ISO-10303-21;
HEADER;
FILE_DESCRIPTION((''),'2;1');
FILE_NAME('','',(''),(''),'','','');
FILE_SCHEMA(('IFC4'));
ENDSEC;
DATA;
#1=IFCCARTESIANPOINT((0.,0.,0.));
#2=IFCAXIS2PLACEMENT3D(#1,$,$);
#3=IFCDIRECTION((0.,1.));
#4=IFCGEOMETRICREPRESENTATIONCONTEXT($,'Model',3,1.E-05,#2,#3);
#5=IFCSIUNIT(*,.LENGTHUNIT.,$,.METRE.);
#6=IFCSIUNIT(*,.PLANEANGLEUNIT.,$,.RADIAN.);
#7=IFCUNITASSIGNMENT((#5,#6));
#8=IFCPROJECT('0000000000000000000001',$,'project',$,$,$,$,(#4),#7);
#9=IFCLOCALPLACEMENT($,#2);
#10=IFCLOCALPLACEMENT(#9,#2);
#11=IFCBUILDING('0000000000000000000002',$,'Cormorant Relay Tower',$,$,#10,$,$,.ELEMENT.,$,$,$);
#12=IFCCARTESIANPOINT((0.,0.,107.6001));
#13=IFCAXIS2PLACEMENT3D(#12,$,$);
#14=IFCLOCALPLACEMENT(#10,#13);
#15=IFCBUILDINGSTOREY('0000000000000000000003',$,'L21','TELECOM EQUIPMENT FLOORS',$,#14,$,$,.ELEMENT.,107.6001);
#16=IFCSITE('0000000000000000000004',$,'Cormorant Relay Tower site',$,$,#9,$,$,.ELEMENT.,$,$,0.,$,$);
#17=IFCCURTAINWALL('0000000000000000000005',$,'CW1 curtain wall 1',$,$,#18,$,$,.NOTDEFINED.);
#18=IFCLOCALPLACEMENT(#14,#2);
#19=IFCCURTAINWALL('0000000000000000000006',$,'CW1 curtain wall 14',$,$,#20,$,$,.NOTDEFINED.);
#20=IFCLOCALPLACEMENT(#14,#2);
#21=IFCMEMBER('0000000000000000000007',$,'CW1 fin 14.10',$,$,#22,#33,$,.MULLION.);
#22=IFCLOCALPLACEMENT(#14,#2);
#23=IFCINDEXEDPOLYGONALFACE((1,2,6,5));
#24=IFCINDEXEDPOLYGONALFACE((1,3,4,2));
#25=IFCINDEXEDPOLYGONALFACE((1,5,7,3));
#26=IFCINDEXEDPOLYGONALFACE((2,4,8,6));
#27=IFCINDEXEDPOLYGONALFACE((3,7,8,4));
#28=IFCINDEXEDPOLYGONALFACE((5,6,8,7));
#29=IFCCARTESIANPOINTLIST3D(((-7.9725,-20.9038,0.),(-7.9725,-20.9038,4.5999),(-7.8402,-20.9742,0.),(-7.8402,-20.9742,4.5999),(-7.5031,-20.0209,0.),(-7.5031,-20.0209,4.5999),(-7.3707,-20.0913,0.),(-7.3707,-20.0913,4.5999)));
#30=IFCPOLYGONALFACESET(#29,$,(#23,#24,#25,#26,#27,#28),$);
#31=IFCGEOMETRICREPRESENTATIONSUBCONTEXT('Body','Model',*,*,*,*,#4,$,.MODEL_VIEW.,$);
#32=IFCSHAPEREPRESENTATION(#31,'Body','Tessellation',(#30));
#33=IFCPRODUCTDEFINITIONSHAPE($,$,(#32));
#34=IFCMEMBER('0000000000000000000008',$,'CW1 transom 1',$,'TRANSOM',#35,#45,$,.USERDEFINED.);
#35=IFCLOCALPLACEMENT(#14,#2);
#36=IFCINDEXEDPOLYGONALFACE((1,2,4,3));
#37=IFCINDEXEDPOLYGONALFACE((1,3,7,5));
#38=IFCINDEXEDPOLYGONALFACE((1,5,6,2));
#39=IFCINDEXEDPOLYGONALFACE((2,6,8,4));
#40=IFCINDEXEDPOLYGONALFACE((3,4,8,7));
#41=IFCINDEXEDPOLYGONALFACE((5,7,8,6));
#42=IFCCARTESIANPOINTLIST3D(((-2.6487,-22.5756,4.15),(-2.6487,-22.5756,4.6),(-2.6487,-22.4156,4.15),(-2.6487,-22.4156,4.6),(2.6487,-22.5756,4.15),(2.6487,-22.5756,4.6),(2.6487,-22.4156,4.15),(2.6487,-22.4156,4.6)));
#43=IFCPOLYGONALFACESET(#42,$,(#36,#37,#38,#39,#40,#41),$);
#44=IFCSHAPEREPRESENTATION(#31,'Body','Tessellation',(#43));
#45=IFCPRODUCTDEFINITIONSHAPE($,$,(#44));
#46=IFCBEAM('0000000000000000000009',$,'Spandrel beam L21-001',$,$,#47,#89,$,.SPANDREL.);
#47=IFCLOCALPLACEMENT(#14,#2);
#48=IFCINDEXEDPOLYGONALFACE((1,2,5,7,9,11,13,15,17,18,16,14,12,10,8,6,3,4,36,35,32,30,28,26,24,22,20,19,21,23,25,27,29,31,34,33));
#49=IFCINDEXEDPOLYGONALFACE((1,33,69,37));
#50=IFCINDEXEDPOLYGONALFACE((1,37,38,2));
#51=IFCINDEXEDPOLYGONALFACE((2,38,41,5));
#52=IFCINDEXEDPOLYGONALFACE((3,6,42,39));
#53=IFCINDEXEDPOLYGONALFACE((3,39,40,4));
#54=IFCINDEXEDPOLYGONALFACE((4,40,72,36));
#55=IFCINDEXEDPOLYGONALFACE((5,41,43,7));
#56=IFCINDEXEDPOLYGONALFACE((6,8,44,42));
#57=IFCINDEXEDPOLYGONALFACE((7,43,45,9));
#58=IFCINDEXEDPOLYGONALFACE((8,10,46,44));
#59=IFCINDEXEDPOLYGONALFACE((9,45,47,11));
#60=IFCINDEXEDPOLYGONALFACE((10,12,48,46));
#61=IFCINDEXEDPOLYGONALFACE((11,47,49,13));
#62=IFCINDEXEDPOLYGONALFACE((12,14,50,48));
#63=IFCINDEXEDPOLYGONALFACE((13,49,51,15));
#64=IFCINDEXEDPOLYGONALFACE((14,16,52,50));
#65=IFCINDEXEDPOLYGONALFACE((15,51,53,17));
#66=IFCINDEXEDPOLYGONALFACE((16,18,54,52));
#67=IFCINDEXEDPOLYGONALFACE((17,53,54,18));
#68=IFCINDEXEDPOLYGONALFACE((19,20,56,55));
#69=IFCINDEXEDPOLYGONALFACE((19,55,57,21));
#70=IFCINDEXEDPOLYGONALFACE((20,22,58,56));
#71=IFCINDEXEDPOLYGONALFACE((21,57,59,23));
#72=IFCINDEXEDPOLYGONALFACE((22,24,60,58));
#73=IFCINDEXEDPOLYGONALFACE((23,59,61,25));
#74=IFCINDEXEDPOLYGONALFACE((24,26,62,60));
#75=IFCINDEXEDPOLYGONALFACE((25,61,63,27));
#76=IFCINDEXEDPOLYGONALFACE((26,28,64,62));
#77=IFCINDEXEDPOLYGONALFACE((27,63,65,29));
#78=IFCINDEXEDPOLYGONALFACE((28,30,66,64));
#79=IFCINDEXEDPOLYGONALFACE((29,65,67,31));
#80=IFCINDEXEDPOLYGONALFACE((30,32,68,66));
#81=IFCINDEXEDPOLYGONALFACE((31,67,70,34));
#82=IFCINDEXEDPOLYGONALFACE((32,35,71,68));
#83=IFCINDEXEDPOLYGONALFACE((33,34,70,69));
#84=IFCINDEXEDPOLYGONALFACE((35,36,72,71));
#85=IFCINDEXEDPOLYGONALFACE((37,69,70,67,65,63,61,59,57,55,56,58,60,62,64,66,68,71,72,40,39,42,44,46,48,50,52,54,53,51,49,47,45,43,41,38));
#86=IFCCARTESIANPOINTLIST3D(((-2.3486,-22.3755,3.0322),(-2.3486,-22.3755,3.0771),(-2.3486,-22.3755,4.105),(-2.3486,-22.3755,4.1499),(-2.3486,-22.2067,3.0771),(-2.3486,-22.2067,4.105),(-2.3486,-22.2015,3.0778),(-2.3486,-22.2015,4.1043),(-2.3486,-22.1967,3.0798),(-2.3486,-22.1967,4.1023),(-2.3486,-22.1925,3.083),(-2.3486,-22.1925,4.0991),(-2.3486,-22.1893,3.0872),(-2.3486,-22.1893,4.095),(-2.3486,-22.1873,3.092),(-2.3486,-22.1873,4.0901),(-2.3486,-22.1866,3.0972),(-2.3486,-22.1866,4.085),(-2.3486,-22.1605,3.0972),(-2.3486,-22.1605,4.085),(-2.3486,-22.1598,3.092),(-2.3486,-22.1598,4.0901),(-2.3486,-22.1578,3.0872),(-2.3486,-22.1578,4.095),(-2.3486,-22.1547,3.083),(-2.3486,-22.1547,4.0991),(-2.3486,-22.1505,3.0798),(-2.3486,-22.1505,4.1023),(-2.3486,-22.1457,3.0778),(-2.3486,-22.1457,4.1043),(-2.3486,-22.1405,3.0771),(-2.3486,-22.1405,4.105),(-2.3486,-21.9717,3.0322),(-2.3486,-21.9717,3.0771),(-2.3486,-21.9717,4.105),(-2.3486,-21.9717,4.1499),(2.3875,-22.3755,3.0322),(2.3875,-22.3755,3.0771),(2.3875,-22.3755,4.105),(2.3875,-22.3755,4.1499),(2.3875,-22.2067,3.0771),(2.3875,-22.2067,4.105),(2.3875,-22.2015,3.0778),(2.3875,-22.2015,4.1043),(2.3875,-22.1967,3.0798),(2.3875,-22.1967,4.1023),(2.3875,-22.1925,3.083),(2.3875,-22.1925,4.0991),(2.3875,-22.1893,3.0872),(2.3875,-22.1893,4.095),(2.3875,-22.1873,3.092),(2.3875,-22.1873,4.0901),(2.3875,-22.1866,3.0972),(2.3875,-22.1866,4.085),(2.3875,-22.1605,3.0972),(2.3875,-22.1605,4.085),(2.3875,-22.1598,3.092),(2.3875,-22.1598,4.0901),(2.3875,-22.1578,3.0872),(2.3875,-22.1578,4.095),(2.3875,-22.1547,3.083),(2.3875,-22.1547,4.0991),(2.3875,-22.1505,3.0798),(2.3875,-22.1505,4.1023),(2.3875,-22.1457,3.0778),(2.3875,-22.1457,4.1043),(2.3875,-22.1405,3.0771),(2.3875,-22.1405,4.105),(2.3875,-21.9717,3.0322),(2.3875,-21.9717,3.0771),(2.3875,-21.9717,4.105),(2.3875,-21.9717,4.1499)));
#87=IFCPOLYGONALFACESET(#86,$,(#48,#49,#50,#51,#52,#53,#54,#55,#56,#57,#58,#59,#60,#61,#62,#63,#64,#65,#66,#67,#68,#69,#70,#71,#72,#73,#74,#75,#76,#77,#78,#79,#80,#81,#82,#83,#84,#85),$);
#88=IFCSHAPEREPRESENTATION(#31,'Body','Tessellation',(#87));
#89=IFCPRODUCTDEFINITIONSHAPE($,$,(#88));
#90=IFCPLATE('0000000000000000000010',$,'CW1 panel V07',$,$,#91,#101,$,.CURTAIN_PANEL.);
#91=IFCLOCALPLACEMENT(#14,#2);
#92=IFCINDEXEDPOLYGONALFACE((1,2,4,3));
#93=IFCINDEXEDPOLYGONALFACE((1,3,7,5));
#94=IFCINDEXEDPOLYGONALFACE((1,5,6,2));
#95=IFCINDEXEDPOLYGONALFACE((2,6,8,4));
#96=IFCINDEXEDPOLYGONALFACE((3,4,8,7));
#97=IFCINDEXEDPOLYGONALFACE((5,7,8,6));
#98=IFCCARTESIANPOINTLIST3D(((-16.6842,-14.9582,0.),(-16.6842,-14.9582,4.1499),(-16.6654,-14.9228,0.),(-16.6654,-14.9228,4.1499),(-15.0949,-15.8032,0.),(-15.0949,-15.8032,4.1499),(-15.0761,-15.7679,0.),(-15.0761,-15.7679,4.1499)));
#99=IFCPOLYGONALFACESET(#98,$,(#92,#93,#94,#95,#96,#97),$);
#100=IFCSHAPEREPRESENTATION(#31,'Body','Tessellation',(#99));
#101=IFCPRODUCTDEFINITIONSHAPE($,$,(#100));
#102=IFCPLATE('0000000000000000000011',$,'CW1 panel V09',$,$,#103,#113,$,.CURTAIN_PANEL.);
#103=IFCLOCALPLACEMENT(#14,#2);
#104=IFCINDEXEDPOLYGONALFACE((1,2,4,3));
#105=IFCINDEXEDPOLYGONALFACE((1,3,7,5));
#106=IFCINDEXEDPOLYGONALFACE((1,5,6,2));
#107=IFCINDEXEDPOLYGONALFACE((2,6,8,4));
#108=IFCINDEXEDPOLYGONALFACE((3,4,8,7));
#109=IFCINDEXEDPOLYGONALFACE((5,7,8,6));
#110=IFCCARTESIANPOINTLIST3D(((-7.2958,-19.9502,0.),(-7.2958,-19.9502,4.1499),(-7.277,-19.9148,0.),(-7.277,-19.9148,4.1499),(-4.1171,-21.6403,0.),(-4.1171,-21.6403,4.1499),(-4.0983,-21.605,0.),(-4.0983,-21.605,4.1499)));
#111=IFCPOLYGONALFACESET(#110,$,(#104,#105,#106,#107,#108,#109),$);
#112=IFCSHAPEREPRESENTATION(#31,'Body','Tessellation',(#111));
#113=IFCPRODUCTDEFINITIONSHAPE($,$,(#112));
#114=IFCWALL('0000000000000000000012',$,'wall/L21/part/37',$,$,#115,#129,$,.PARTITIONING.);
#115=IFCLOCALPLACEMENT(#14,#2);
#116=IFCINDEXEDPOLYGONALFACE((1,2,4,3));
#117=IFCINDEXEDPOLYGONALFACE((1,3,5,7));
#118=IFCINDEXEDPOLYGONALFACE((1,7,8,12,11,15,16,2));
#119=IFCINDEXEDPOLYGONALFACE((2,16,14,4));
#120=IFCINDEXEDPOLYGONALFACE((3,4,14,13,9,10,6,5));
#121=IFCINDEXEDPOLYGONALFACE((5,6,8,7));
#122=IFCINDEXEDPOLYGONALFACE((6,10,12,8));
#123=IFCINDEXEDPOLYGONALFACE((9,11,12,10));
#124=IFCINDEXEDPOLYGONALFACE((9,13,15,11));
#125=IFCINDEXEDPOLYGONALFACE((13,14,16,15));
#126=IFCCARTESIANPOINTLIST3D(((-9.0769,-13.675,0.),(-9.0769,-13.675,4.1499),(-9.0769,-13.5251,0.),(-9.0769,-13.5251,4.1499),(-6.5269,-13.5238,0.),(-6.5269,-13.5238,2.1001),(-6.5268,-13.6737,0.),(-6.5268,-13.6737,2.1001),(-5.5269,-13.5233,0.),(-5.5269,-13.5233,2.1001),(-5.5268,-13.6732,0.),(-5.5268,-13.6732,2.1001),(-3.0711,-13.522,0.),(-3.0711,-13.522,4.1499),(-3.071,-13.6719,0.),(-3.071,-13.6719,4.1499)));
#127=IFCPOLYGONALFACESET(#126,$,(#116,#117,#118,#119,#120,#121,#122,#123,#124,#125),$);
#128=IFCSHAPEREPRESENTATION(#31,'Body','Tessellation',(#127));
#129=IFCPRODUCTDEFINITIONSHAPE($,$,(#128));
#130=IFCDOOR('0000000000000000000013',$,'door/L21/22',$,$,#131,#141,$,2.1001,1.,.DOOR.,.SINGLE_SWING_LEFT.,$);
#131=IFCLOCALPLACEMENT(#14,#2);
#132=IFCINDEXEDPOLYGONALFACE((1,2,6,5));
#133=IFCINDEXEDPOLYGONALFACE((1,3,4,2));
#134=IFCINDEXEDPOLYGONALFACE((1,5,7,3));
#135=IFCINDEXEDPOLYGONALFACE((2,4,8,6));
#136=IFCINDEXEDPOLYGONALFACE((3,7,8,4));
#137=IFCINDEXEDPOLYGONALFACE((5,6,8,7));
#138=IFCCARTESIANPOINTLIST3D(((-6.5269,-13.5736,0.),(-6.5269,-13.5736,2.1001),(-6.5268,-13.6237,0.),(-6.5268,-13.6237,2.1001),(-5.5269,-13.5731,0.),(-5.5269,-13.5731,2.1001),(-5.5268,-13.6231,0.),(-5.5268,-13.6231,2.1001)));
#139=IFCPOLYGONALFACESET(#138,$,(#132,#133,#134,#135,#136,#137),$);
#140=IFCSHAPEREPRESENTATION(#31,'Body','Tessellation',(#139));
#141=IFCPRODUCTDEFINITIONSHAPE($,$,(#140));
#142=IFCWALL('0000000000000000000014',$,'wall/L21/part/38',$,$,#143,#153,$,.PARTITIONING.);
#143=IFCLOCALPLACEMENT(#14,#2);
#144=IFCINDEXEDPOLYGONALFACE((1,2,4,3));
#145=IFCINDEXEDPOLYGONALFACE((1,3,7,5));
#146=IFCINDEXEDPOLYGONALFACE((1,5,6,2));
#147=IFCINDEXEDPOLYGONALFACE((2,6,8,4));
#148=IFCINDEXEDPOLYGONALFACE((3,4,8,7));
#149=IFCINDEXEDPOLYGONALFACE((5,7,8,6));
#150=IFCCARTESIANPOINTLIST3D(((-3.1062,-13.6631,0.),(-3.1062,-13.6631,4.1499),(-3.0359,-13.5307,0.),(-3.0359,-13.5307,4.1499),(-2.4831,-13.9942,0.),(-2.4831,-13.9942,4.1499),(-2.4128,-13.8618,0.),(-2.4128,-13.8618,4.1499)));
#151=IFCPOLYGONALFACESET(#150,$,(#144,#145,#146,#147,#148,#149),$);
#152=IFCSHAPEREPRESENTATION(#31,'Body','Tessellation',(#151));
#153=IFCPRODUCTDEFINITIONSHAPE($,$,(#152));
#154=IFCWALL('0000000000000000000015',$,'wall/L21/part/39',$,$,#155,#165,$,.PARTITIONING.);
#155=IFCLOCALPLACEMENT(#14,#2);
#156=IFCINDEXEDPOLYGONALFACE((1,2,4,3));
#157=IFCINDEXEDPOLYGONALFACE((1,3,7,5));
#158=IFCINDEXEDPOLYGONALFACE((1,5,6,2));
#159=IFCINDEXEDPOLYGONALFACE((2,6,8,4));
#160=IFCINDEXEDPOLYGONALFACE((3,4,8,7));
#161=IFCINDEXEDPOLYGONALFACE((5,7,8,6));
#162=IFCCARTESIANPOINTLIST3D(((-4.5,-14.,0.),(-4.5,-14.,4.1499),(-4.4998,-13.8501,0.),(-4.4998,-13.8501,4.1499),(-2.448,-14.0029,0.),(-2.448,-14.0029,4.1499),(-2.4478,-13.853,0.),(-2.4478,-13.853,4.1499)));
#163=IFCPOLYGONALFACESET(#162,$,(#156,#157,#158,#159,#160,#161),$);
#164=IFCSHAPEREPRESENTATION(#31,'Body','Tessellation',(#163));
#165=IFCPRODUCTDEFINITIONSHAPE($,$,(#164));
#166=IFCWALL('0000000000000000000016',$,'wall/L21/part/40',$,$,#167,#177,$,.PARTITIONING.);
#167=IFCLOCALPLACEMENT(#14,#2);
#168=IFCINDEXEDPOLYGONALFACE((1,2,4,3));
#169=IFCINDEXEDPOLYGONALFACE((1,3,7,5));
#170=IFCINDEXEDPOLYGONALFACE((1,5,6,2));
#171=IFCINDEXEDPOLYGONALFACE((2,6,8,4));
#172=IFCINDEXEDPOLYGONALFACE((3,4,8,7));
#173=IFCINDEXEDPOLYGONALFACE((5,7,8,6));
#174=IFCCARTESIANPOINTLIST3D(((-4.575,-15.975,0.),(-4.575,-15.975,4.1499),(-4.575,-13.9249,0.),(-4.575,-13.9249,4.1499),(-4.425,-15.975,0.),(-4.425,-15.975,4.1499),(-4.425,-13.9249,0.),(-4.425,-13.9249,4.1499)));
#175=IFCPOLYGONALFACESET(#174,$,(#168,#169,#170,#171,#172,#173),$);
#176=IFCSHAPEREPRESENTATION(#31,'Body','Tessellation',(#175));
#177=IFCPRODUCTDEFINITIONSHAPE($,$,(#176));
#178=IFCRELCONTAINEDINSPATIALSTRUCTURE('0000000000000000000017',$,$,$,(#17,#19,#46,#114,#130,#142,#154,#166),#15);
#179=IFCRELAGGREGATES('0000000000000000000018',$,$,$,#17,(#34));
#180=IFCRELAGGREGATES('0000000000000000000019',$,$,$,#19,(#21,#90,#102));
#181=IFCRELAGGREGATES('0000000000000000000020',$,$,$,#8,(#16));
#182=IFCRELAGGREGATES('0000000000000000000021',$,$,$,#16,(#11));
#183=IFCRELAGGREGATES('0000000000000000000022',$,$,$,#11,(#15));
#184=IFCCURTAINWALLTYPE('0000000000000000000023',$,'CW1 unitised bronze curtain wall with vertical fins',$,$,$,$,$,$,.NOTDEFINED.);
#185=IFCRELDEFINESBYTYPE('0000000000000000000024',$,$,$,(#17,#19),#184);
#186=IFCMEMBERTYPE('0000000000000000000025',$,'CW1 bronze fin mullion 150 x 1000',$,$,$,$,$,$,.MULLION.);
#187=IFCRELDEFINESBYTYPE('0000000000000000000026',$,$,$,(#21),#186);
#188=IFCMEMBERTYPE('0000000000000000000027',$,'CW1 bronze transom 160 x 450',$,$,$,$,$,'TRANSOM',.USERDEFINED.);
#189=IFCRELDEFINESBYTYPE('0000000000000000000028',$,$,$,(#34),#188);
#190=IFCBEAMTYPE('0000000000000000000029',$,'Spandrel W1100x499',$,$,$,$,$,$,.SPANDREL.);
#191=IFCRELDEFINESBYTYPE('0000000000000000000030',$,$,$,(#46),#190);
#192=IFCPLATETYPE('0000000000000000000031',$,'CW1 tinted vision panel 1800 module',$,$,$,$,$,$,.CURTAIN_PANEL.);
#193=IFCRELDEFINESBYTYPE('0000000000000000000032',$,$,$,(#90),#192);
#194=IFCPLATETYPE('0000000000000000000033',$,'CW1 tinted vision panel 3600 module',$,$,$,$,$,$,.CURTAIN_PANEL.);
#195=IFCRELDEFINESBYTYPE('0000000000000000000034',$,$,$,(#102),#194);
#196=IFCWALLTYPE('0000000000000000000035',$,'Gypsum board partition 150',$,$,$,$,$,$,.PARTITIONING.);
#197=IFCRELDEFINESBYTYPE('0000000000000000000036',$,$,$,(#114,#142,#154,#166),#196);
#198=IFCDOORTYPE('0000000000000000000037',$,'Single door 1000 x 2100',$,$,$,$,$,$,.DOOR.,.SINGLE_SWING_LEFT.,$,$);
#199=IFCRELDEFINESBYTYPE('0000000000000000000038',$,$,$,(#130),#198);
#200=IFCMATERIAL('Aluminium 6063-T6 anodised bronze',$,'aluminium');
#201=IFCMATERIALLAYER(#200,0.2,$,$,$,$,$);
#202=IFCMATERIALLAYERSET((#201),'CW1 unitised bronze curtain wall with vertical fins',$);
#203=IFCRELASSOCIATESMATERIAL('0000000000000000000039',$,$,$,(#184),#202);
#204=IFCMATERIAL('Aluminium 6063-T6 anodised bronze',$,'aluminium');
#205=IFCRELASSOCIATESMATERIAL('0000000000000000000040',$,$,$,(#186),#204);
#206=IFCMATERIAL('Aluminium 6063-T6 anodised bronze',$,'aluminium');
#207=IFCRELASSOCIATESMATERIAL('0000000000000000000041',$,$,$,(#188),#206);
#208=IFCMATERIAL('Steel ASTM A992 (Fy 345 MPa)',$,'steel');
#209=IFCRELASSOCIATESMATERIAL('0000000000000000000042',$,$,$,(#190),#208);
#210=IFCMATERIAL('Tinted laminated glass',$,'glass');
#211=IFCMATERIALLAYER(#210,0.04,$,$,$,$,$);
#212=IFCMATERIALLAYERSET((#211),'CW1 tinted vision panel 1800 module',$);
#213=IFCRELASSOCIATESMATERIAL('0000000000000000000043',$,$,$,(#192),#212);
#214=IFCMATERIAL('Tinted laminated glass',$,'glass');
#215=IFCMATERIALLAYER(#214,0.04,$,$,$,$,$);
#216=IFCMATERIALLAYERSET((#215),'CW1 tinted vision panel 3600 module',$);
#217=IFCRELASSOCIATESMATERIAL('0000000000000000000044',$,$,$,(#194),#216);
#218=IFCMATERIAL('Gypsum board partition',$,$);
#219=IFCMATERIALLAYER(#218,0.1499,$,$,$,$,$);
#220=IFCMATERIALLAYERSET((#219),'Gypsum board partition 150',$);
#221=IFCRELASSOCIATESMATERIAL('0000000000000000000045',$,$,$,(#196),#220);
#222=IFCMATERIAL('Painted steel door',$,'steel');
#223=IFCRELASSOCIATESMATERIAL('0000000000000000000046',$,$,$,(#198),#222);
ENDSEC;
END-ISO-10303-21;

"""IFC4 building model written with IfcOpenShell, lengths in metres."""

from ifc_helpers import new_model, si_unit, direction, frame, frame_2d, origin, origin_2d, place, context, subcontext, project, spatial, rectangle, i_section, extrude, material, layer, layer_set, material_profile, profile_set, type_object, element, fill, aggregate, save


model = new_model("IFC4")

# Units and contexts
model_context = context("Model", 3, precision=1e-05, world=origin(), true_north=direction((0.0, 1.0)))
body_context = subcontext(model_context, "Body", "Model", "MODEL_VIEW")
ifc_project = project(units=[si_unit("LENGTHUNIT", "METRE"), si_unit("PLANEANGLEUNIT", "RADIAN")], contexts=[model_context])

# Site, building, storey
site_placement = place(None, origin())
site = spatial("IfcSite", under=ifc_project, at=site_placement, Name="Cormorant Relay Tower site", CompositionType="ELEMENT", RefElevation=0.0)
building_placement = place(site_placement, origin())
building = spatial("IfcBuilding", under=site, at=building_placement, Name="Cormorant Relay Tower", CompositionType="ELEMENT")
storey_placement = place(building_placement, frame((0.0, 0.0, 107.6001)))
storey = spatial("IfcBuildingStorey", under=building, at=storey_placement, Name="L21", Description="TELECOM EQUIPMENT FLOORS", CompositionType="ELEMENT", Elevation=107.6001)

# Curtain wall
ifc_material_1 = material(Name="Aluminium 6063-T6 anodised bronze", Category="aluminium")
ifc_layer_1 = layer(ifc_material_1, 0.2)
ifc_layer_set_1 = layer_set([ifc_layer_1], Name="CW1 unitised bronze curtain wall with vertical fins")
curtain_wall_type = type_object("IfcCurtainWallType", Name="CW1 unitised bronze curtain wall with vertical fins", PredefinedType="NOTDEFINED", material=ifc_layer_set_1)
curtain_wall_1_placement = place(storey_placement, origin())
curtain_wall_1 = element("IfcCurtainWall", 1, at=curtain_wall_1_placement, inside=storey, type_object=curtain_wall_type, Name="CW1 curtain wall 1", PredefinedType="NOTDEFINED")
ifc_material_2 = material(Name="Aluminium 6063-T6 anodised bronze", Category="aluminium")
ifc_material_profile_1 = material_profile(ifc_material_2, rectangle(XDim=0.1499, YDim=1.0, at=origin_2d()), Name="AL 150x1000")
ifc_profile_set_1 = profile_set([ifc_material_profile_1], Name="Aluminium 6063-T6 anodised bronze")
member_type_1 = type_object("IfcMemberType", Name="CW1 bronze fin mullion 150 x 1000", PredefinedType="MULLION", material=ifc_profile_set_1)

# Curtain wall, member
curtain_wall_2_placement = place(storey_placement, origin())
curtain_wall_2 = element("IfcCurtainWall", 2, at=curtain_wall_2_placement, inside=storey, type_object=curtain_wall_type, Name="CW1 curtain wall 14", PredefinedType="NOTDEFINED")
member_1_placement = place(storey_placement, frame((-7.6716, -20.4976, 0.0), z_axis=(0.0, 0.0, 1.0), x_axis=(0.882948, -0.469472, 0.0)))
member_1 = element("IfcMember", 3, at=member_1_placement, type_object=member_type_1, Name="CW1 fin 14.10", PredefinedType="MULLION", context=body_context, shape_type="SweptSolid", body=[
    extrude(rectangle(XDim=0.1499, YDim=1.0, at=origin_2d()), origin(), (0.0, 0.0, 1.0), 4.5999),
])

# Member
ifc_material_3 = material(Name="Aluminium 6063-T6 anodised bronze", Category="aluminium")
ifc_material_profile_2 = material_profile(ifc_material_3, rectangle(XDim=0.1599, YDim=0.45, at=origin_2d()), Name="AL 160x450")
ifc_profile_set_2 = profile_set([ifc_material_profile_2], Name="Aluminium 6063-T6 anodised bronze")
member_type_2 = type_object("IfcMemberType", Name="CW1 bronze transom 160 x 450", ElementType="TRANSOM", PredefinedType="USERDEFINED", material=ifc_profile_set_2)
member_2_placement = place(storey_placement, frame((-2.6487, -22.4956, 4.375), z_axis=(1.0, 0.0, 0.0), x_axis=(0.0, 1.0, 0.0)))
member_2 = element("IfcMember", 4, at=member_2_placement, type_object=member_type_2, Name="CW1 transom 1", ObjectType="TRANSOM", PredefinedType="USERDEFINED", context=body_context, shape_type="SweptSolid", body=[
    extrude(rectangle(XDim=0.1599, YDim=0.45, at=origin_2d()), origin(), (0.0, 0.0, 1.0), 5.2974),
])

# Beam
ifc_material_4 = material(Name="Steel ASTM A992 (Fy 345 MPa)", Category="steel")
ifc_material_profile_3 = material_profile(ifc_material_4, i_section(OverallWidth=0.4038, OverallDepth=1.1177, WebThickness=0.0261, FlangeThickness=0.0449, FilletRadius=0.02, at=origin_2d()), Name="W1100x499")
ifc_profile_set_3 = profile_set([ifc_material_profile_3], Name="Steel ASTM A992 (Fy 345 MPa)")
beam_type = type_object("IfcBeamType", Name="Spandrel W1100x499", PredefinedType="SPANDREL", material=ifc_profile_set_3)
beam_placement = place(storey_placement, frame((-2.3486, -22.1736, 3.5911), z_axis=(1.0, 0.0, 0.0), x_axis=(0.0, 1.0, 0.0)))
element("IfcBeam", 5, at=beam_placement, inside=storey, type_object=beam_type, Name="Spandrel beam L21-001", PredefinedType="SPANDREL", context=body_context, shape_type="SweptSolid", body=[
    extrude(i_section(OverallWidth=0.4038, OverallDepth=1.1177, WebThickness=0.0261, FlangeThickness=0.0449, FilletRadius=0.02, at=origin_2d()), origin(), (0.0, 0.0, 1.0), 4.7361),
])

# Plates
ifc_material_5 = material(Name="Tinted laminated glass", Category="glass")
ifc_layer_2 = layer(ifc_material_5, 0.04)
ifc_layer_set_2 = layer_set([ifc_layer_2], Name="CW1 tinted vision panel 1800 module")
plate_type_1 = type_object("IfcPlateType", Name="CW1 tinted vision panel 1800 module", PredefinedType="CURTAIN_PANEL", material=ifc_layer_set_2)
plate_1_placement = place(storey_placement, frame((-15.8801, -15.363, 0.0), z_axis=(0.0, 0.0, 1.0), x_axis=(0.882948, -0.469472, 0.0)))
plate_1 = element("IfcPlate", 6, at=plate_1_placement, type_object=plate_type_1, Name="CW1 panel V07", PredefinedType="CURTAIN_PANEL", context=body_context, shape_type="SweptSolid", body=[
    extrude(rectangle(XDim=1.8, YDim=0.04, at=origin_2d()), origin(), (0.0, 0.0, 1.0), 4.1499),
])
ifc_material_6 = material(Name="Tinted laminated glass", Category="glass")
ifc_layer_3 = layer(ifc_material_6, 0.04)
ifc_layer_set_3 = layer_set([ifc_layer_3], Name="CW1 tinted vision panel 3600 module")
plate_type_2 = type_object("IfcPlateType", Name="CW1 tinted vision panel 3600 module", PredefinedType="CURTAIN_PANEL", material=ifc_layer_set_3)
plate_2_placement = place(storey_placement, frame((-5.697, -20.7776, 0.0), z_axis=(0.0, 0.0, 1.0), x_axis=(0.882948, -0.469472, 0.0)))
plate_2 = element("IfcPlate", 7, at=plate_2_placement, type_object=plate_type_2, Name="CW1 panel V09", PredefinedType="CURTAIN_PANEL", context=body_context, shape_type="SweptSolid", body=[
    extrude(rectangle(XDim=3.6001, YDim=0.04, at=origin_2d()), origin(), (0.0, 0.0, 1.0), 4.1499),
])

# Wall, opening, door
ifc_material_7 = material(Name="Gypsum board partition")
ifc_layer_4 = layer(ifc_material_7, 0.1499)
ifc_layer_set_4 = layer_set([ifc_layer_4], Name="Gypsum board partition 150")
wall_type_1 = type_object("IfcWallType", Name="Gypsum board partition 150", PredefinedType="PARTITIONING", material=ifc_layer_set_4)
wall_1_placement = place(storey_placement, frame((-9.0769, -13.6001, 0.0), z_axis=(0.0, 0.0, 1.0), x_axis=(1.0, 0.000528, 0.0)))
wall_1 = element("IfcWall", 8, at=wall_1_placement, inside=storey, type_object=wall_type_1, Name="wall/L21/part/37", PredefinedType="PARTITIONING", context=body_context, shape_type="SweptSolid", body=[
    extrude(rectangle(XDim=6.0059, YDim=0.1499, at=frame_2d((3.0029, 0.0))), origin(), (0.0, 0.0, 1.0), 4.1499),
])
opening_1_placement = place(wall_1_placement, frame((2.55, 0.0, 0.0)))
opening_1 = element("IfcOpeningElement", 9, at=opening_1_placement, cuts=wall_1, PredefinedType="OPENING", context=body_context, shape_type="SweptSolid", body=[
    extrude(rectangle(XDim=1.0, YDim=2.1001, at=frame_2d((0.5, 1.05))), frame((0.0, 0.085, 0.0), z_axis=(0.0, -1.0, 0.0), x_axis=(1.0, 0.0, 0.0)), (0.0, 0.0, 1.0), 0.1699),
])
ifc_material_8 = material(Name="Painted steel door", Category="steel")
door_type_1 = type_object("IfcDoorType", Name="Single door 1000 x 2100", OperationType="SINGLE_SWING_LEFT", PredefinedType="DOOR", material=ifc_material_8)
door_1_placement = place(opening_1_placement, frame((1.0, 0.0, 0.0), z_axis=(0.0, 0.0, 1.0), x_axis=(-1.0, 0.0, 0.0)))
door_1 = element("IfcDoor", 10, at=door_1_placement, inside=storey, type_object=door_type_1, Name="door/L21/22", OperationType="SINGLE_SWING_LEFT", OverallHeight=2.1001, OverallWidth=1.0, PredefinedType="DOOR", context=body_context, shape_type="SweptSolid", body=[
    extrude(rectangle(XDim=1.0, YDim=2.1001, at=frame_2d((0.5, 1.05))), frame((0.0, 0.0249, 0.0), z_axis=(0.0, -1.0, 0.0), x_axis=(1.0, 0.0, 0.0)), (0.0, 0.0, 1.0), 0.05),
])
fill(opening_1, door_1)

# Walls
wall_2_placement = place(storey_placement, frame((-3.071, -13.5969, 0.0), z_axis=(0.0, 0.0, 1.0), x_axis=(0.88308, -0.469223, 0.0)))
element("IfcWall", 11, at=wall_2_placement, inside=storey, type_object=wall_type_1, Name="wall/L21/part/38", PredefinedType="PARTITIONING", context=body_context, shape_type="SweptSolid", body=[
    extrude(rectangle(XDim=0.7056, YDim=0.1499, at=frame_2d((0.3528, 0.0))), origin(), (0.0, 0.0, 1.0), 4.1499),
])
wall_3_placement = place(storey_placement, frame((-2.448, -13.928, 0.0), z_axis=(0.0, 0.0, 1.0), x_axis=(-0.999999, 0.001428, 0.0)))
element("IfcWall", 12, at=wall_3_placement, inside=storey, type_object=wall_type_1, Name="wall/L21/part/39", PredefinedType="PARTITIONING", context=body_context, shape_type="SweptSolid", body=[
    extrude(rectangle(XDim=2.052, YDim=0.1499, at=frame_2d((1.0259, 0.0))), origin(), (0.0, 0.0, 1.0), 4.1499),
])
wall_4_placement = place(storey_placement, frame((-4.5, -13.925, 0.0), z_axis=(0.0, 0.0, 1.0), x_axis=(0.0, -1.0, 0.0)))
element("IfcWall", 13, at=wall_4_placement, inside=storey, type_object=wall_type_1, Name="wall/L21/part/40", PredefinedType="PARTITIONING", context=body_context, shape_type="SweptSolid", body=[
    extrude(rectangle(XDim=2.05, YDim=0.1499, at=frame_2d((1.0249, 0.0))), origin(), (0.0, 0.0, 1.0), 4.1499),
])

aggregate(curtain_wall_1, [member_2])
aggregate(curtain_wall_2, [member_1, plate_1, plate_2])

save(model, "model.ifc")
